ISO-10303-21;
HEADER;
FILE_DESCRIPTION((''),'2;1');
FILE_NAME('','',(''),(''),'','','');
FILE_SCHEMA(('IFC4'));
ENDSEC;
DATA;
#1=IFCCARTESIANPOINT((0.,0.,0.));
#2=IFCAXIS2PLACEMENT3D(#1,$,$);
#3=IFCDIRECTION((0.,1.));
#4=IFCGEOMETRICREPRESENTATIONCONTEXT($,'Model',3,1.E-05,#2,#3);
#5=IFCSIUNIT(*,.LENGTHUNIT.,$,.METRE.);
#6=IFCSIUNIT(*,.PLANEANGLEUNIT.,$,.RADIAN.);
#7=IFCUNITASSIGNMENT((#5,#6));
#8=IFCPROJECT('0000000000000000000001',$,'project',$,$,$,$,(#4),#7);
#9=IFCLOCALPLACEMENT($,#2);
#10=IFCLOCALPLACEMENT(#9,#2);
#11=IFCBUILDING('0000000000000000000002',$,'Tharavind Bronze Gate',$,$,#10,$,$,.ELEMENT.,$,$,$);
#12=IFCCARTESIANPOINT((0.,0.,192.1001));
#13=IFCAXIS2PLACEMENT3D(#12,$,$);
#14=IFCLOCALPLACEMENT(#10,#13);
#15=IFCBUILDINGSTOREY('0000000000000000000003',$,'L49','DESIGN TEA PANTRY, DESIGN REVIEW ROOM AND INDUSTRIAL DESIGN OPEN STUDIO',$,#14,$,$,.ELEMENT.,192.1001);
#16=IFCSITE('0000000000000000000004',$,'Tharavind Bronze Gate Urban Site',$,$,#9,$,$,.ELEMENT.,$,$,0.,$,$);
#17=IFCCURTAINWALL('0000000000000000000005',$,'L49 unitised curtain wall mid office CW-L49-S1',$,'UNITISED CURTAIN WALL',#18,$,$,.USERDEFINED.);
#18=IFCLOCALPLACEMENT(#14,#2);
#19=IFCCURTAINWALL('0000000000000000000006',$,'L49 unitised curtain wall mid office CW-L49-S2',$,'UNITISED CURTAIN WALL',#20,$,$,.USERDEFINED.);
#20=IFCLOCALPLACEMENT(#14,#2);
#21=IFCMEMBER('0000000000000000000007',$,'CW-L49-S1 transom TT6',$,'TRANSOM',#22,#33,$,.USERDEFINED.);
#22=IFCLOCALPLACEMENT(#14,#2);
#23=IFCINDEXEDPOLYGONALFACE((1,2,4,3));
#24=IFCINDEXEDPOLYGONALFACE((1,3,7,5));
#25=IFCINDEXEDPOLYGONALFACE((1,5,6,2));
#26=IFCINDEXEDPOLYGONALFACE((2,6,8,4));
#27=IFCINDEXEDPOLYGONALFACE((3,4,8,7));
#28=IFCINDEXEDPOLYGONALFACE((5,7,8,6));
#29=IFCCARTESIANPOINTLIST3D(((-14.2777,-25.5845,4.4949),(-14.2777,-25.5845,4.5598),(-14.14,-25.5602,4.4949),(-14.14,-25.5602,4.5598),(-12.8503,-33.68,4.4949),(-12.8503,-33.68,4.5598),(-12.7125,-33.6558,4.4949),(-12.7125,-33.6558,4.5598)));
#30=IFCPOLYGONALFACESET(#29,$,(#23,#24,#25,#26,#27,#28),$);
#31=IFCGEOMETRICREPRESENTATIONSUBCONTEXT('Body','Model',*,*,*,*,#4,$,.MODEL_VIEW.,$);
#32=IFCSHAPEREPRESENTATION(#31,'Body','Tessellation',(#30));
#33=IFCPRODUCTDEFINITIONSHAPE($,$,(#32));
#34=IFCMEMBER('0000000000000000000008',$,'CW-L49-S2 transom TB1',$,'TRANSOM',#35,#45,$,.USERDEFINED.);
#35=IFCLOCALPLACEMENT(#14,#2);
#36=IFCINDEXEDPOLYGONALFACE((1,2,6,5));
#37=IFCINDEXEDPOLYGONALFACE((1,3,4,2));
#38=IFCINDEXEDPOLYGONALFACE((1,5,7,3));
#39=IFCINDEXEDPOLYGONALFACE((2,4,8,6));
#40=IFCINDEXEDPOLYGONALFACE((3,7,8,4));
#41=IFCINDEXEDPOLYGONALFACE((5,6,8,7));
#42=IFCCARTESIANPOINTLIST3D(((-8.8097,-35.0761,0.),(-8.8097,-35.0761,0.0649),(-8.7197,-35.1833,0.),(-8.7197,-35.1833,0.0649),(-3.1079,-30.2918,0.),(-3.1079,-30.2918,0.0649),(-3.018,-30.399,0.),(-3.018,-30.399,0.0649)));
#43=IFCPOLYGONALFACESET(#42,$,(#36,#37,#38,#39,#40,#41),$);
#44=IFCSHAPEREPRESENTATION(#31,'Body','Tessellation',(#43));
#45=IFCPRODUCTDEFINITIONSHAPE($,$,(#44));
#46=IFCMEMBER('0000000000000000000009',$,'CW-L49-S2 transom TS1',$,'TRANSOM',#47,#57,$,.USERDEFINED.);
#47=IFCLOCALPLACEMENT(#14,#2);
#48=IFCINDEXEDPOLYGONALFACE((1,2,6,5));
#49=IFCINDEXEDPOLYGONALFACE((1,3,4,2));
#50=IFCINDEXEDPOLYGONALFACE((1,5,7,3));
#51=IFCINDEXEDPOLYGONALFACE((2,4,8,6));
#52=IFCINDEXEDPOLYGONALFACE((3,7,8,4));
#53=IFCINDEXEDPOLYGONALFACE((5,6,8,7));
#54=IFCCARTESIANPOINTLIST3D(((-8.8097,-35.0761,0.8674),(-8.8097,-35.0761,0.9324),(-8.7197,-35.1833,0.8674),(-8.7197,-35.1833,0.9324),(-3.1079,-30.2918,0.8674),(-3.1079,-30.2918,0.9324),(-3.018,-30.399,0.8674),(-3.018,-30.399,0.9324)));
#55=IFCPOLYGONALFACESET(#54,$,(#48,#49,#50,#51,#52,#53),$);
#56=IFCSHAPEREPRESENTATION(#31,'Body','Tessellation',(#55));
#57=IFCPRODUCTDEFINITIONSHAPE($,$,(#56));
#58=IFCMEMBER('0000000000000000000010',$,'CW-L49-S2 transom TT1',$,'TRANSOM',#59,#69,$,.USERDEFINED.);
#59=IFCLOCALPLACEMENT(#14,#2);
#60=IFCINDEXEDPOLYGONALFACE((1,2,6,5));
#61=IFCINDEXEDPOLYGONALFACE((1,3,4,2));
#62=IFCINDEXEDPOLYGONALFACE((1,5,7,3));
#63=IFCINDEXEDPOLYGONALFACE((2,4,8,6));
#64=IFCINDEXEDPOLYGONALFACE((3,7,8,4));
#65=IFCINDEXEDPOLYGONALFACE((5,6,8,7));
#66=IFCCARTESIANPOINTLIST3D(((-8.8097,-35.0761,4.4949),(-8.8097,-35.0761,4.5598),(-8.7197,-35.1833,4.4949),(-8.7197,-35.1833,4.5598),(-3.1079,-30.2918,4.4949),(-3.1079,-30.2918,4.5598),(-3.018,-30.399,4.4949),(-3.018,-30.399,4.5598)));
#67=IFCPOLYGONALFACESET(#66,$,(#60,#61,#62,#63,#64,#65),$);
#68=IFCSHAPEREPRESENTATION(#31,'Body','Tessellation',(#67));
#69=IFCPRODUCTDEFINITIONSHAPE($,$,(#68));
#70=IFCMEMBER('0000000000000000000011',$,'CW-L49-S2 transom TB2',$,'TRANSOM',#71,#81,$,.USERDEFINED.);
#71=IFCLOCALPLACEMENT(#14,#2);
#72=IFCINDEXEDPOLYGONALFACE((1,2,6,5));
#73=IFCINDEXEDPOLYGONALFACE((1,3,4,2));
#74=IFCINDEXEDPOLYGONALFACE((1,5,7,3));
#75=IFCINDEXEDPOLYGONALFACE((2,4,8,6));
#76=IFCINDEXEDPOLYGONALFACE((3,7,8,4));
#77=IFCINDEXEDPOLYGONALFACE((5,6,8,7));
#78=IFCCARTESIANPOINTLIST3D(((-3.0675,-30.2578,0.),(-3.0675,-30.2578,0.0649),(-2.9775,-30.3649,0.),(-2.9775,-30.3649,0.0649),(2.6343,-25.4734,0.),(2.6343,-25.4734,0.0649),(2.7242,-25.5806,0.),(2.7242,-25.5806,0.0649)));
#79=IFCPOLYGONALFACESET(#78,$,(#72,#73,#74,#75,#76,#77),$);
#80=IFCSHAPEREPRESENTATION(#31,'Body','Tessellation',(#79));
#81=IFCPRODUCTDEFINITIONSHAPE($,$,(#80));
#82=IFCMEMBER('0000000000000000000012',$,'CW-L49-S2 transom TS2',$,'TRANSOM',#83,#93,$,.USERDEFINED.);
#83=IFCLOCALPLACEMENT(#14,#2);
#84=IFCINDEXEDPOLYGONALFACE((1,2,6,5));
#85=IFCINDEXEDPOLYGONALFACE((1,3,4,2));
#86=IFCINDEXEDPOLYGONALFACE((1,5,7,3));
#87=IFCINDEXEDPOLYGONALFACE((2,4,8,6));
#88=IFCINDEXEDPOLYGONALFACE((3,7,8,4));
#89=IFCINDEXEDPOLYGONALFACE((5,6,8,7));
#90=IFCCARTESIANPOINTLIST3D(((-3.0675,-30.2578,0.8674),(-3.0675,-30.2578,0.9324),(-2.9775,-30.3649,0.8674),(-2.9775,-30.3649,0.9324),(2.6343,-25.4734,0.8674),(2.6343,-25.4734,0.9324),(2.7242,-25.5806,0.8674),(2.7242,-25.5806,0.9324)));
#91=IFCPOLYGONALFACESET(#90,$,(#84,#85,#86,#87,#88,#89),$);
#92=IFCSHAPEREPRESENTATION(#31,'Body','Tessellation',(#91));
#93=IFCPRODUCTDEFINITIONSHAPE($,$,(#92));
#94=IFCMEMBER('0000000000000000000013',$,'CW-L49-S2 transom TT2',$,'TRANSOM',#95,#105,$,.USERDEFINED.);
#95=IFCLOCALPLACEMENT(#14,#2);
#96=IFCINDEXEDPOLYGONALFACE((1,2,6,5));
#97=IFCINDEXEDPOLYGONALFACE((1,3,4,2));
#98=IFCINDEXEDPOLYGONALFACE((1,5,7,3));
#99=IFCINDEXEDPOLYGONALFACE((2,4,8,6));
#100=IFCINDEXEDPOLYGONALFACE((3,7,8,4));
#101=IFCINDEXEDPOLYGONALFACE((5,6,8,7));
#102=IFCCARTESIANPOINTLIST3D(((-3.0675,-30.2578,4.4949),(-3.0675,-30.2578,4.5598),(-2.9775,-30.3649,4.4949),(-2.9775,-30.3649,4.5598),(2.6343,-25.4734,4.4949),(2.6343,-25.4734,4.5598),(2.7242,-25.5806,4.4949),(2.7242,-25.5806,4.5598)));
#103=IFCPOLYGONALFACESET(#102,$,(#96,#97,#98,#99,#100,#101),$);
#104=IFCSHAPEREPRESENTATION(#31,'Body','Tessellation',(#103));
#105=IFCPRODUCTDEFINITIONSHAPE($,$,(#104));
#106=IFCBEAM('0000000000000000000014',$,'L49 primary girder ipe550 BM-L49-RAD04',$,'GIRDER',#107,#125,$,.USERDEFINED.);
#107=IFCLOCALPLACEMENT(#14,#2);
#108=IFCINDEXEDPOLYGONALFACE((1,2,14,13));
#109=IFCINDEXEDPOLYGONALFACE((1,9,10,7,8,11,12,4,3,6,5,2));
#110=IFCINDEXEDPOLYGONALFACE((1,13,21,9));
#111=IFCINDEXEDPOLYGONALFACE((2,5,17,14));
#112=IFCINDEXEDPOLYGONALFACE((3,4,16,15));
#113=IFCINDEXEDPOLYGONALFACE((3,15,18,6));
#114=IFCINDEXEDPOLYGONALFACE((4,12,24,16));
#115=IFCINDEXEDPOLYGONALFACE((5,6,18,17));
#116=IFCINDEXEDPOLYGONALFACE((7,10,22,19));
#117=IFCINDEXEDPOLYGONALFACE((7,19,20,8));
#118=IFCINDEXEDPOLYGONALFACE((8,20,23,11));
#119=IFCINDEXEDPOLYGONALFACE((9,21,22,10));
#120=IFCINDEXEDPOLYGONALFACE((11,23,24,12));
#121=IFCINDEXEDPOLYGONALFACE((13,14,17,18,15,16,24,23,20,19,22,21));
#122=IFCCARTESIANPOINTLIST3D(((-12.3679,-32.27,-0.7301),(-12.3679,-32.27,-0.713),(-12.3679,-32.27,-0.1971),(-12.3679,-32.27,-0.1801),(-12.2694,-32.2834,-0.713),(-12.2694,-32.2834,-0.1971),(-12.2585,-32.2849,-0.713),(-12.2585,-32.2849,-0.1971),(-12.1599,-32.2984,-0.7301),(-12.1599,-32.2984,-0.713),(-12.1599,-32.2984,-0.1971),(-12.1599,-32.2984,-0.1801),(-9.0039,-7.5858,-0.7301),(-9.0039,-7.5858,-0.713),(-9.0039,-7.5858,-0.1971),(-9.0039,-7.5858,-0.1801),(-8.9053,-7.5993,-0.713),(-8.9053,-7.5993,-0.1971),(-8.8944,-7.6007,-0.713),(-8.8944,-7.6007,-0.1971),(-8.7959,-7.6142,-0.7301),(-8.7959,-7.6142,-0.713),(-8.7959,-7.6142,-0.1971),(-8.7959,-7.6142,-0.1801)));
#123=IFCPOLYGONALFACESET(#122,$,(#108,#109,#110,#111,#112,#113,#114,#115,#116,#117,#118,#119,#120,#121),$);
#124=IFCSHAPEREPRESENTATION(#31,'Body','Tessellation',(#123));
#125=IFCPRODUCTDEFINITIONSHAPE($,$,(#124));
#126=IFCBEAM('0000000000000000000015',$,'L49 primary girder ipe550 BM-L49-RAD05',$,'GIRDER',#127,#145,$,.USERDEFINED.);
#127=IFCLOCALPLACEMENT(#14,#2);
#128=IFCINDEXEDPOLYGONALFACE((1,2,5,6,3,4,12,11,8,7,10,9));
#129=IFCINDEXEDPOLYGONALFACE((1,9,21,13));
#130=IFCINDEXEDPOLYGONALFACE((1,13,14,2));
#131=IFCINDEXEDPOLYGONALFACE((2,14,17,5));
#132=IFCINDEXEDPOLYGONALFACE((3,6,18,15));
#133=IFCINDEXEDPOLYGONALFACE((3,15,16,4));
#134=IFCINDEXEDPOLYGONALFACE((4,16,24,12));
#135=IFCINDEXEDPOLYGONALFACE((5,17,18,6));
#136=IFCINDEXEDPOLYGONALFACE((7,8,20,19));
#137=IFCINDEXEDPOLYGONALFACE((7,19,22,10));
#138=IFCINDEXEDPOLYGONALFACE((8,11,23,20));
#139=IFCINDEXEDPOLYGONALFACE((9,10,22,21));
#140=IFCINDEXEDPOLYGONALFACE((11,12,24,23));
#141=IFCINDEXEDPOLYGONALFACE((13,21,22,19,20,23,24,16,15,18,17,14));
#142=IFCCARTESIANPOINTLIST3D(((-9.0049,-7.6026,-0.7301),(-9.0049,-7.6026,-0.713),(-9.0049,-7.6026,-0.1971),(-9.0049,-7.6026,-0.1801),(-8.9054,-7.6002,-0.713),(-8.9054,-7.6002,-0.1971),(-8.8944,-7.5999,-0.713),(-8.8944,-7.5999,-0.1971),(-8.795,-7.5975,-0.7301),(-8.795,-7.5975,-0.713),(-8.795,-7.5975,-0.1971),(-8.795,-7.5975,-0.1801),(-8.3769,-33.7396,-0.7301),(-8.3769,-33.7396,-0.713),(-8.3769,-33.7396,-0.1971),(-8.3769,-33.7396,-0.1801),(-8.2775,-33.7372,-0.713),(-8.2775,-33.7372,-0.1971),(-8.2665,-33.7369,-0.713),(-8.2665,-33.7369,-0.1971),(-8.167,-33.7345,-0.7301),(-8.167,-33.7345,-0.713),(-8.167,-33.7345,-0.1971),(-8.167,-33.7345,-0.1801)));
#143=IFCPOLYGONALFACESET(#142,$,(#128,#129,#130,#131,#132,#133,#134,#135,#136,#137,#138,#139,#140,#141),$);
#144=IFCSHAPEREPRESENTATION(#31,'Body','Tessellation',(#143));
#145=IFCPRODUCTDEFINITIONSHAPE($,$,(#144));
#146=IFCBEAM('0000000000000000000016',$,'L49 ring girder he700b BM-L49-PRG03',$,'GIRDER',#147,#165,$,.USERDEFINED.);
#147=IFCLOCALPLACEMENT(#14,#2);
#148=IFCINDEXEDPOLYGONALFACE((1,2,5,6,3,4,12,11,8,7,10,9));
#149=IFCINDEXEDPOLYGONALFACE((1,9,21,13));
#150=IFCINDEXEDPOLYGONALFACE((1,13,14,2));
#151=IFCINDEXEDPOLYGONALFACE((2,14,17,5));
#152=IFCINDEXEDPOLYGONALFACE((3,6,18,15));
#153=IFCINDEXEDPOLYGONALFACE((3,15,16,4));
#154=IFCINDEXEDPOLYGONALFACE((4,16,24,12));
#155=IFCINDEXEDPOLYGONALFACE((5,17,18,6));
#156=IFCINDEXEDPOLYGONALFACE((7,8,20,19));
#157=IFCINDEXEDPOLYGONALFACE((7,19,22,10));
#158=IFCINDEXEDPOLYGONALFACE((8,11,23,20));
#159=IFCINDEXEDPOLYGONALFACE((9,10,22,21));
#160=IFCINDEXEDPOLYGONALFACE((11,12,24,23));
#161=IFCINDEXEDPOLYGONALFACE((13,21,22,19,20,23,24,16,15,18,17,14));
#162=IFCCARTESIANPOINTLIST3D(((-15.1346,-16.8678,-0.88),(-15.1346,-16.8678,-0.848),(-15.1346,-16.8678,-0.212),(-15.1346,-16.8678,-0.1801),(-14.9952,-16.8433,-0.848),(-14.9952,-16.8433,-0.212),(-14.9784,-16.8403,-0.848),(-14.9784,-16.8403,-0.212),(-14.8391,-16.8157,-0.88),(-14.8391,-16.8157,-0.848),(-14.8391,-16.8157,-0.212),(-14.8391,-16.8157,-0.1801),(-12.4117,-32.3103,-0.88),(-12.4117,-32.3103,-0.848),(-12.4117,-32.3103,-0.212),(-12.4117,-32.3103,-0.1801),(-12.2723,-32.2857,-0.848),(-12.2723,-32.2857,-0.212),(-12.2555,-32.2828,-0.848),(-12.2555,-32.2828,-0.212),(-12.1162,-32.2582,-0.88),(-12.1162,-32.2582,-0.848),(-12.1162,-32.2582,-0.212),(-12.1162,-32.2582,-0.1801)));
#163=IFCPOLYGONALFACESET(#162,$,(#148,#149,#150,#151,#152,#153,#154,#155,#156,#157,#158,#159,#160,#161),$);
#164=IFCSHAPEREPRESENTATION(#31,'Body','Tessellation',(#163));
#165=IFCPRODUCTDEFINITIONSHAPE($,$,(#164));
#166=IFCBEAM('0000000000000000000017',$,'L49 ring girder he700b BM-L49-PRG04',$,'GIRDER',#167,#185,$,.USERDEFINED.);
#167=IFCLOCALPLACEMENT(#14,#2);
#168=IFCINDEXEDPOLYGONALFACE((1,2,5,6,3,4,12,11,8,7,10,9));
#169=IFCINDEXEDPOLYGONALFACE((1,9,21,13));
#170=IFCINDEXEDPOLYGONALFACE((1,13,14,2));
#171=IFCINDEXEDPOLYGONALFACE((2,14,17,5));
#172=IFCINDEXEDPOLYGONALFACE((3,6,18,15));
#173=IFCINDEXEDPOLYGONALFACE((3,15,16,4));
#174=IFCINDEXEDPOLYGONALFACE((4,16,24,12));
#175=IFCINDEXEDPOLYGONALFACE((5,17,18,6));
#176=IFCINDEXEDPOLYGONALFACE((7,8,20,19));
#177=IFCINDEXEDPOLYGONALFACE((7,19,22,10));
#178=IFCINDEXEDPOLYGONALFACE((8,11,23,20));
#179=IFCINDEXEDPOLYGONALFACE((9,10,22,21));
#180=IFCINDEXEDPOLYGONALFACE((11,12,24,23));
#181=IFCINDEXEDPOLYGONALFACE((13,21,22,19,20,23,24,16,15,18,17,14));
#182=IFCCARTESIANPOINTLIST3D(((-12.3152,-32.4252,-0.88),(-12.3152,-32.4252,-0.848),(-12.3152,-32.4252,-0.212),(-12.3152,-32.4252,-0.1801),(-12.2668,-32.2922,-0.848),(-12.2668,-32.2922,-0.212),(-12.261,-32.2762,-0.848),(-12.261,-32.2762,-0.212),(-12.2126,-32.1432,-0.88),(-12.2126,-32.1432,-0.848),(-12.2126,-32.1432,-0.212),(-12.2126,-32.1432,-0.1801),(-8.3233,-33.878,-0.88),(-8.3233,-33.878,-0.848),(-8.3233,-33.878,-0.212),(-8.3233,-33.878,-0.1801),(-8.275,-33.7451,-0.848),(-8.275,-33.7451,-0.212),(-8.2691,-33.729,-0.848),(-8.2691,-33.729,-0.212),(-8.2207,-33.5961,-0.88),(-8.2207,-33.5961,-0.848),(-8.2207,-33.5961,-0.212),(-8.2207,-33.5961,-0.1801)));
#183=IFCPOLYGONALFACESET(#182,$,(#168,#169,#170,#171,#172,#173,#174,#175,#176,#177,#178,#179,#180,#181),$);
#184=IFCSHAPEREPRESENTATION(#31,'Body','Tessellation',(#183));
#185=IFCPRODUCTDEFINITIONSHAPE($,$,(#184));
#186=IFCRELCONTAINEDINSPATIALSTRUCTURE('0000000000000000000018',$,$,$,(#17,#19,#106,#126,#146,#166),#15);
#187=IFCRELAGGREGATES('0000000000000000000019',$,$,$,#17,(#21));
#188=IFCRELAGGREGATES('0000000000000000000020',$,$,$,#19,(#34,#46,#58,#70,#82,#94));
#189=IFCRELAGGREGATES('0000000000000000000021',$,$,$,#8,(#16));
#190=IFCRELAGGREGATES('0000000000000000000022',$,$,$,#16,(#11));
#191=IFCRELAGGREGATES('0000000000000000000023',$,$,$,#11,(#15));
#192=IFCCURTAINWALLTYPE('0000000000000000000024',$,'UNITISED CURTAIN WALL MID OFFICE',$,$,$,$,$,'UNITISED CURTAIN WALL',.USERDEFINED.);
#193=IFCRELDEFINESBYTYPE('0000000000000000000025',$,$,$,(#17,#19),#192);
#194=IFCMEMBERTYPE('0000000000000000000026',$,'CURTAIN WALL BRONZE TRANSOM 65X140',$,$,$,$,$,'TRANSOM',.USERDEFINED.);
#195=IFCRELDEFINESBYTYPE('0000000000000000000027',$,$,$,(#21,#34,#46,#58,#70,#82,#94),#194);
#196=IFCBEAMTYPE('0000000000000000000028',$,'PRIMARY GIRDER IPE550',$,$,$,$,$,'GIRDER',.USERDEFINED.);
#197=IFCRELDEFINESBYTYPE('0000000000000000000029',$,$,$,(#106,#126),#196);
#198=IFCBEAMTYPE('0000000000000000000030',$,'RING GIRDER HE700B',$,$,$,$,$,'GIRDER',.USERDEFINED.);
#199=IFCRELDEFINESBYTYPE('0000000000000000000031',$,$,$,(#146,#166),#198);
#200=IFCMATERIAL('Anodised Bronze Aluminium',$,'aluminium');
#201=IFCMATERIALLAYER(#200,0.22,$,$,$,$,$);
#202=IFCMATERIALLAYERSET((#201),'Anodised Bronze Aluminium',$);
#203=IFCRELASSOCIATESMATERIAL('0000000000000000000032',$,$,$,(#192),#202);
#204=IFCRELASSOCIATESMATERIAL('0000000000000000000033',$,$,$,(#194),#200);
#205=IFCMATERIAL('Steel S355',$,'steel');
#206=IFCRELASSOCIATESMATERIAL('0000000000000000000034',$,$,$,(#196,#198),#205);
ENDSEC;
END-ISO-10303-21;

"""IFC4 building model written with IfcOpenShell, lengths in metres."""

from ifc_helpers import new_model, si_unit, direction, frame, origin, origin_2d, place, context, subcontext, project, spatial, rectangle, i_section, extrude, material, layer, layer_set, material_profile, profile_set, type_object, element, aggregate, save


model = new_model("IFC4")

# Units and contexts
model_context = context("Model", 3, precision=1e-05, world=origin(), true_north=direction((0.0, 1.0)))
body_context = subcontext(model_context, "Body", "Model", "MODEL_VIEW")
ifc_project = project(units=[si_unit("LENGTHUNIT", "METRE"), si_unit("PLANEANGLEUNIT", "RADIAN")], contexts=[model_context])

# Site, building, storey
site_placement = place(None, origin())
site = spatial("IfcSite", under=ifc_project, at=site_placement, Name="Tharavind Bronze Gate Urban Site", CompositionType="ELEMENT", RefElevation=0.0)
building_placement = place(site_placement, origin())
building = spatial("IfcBuilding", under=site, at=building_placement, Name="Tharavind Bronze Gate", CompositionType="ELEMENT")
storey_placement = place(building_placement, frame((0.0, 0.0, 192.1001)))
storey = spatial("IfcBuildingStorey", under=building, at=storey_placement, Name="L49", Description="DESIGN TEA PANTRY, DESIGN REVIEW ROOM AND INDUSTRIAL DESIGN OPEN STUDIO", CompositionType="ELEMENT", Elevation=192.1001)

# Curtain walls
ifc_material_1 = material(Name="Anodised Bronze Aluminium", Category="aluminium")
ifc_layer_1 = layer(ifc_material_1, 0.22)
ifc_layer_set_1 = layer_set([ifc_layer_1], Name="Anodised Bronze Aluminium")
curtain_wall_type = type_object("IfcCurtainWallType", Name="UNITISED CURTAIN WALL MID OFFICE", ElementType="UNITISED CURTAIN WALL", PredefinedType="USERDEFINED", material=ifc_layer_set_1)
curtain_wall_1_placement = place(storey_placement, origin())
curtain_wall_1 = element("IfcCurtainWall", 1, at=curtain_wall_1_placement, inside=storey, type_object=curtain_wall_type, Name="L49 unitised curtain wall mid office CW-L49-S1", ObjectType="UNITISED CURTAIN WALL", PredefinedType="USERDEFINED")
curtain_wall_2_placement = place(storey_placement, origin())
curtain_wall_2 = element("IfcCurtainWall", 2, at=curtain_wall_2_placement, inside=storey, type_object=curtain_wall_type, Name="L49 unitised curtain wall mid office CW-L49-S2", ObjectType="UNITISED CURTAIN WALL", PredefinedType="USERDEFINED")

# Members
member_type_1 = type_object("IfcMemberType", Name="CURTAIN WALL BRONZE TRANSOM 65X140", ElementType="TRANSOM", PredefinedType="USERDEFINED", material=ifc_material_1)
member_1_placement = place(storey_placement, frame((-13.4951, -29.6201, 4.4949), z_axis=(0.0, 0.0, 1.0), x_axis=(0.173648, -0.984808, 0.0)))
member_1 = element("IfcMember", 3, at=member_1_placement, type_object=member_type_1, Name="CW-L49-S1 transom TT6", ObjectType="TRANSOM", PredefinedType="USERDEFINED", context=body_context, shape_type="SweptSolid", body=[
    extrude(rectangle(XDim=8.2205, YDim=0.1399, at=origin_2d()), origin(), (0.0, 0.0, 1.0), 0.0649),
])
member_2_placement = place(storey_placement, frame((-5.9138, -32.7375, 0.0), z_axis=(0.0, 0.0, 1.0), x_axis=(0.766043, 0.642789, 0.0)))
member_2 = element("IfcMember", 4, at=member_2_placement, type_object=member_type_1, Name="CW-L49-S2 transom TB1", ObjectType="TRANSOM", PredefinedType="USERDEFINED", context=body_context, shape_type="SweptSolid", body=[
    extrude(rectangle(XDim=7.4431, YDim=0.1399, at=origin_2d()), origin(), (0.0, 0.0, 1.0), 0.0649),
])
member_3_placement = place(storey_placement, frame((-5.9138, -32.7375, 0.8674), z_axis=(0.0, 0.0, 1.0), x_axis=(0.766043, 0.642789, 0.0)))
member_3 = element("IfcMember", 5, at=member_3_placement, type_object=member_type_1, Name="CW-L49-S2 transom TS1", ObjectType="TRANSOM", PredefinedType="USERDEFINED", context=body_context, shape_type="SweptSolid", body=[
    extrude(rectangle(XDim=7.4431, YDim=0.1399, at=origin_2d()), origin(), (0.0, 0.0, 1.0), 0.0649),
])
member_4_placement = place(storey_placement, frame((-5.9138, -32.7375, 4.4949), z_axis=(0.0, 0.0, 1.0), x_axis=(0.766043, 0.642789, 0.0)))
member_4 = element("IfcMember", 6, at=member_4_placement, type_object=member_type_1, Name="CW-L49-S2 transom TT1", ObjectType="TRANSOM", PredefinedType="USERDEFINED", context=body_context, shape_type="SweptSolid", body=[
    extrude(rectangle(XDim=7.4431, YDim=0.1399, at=origin_2d()), origin(), (0.0, 0.0, 1.0), 0.0649),
])
member_5_placement = place(storey_placement, frame((-0.1716, -27.9192, 0.0), z_axis=(0.0, 0.0, 1.0), x_axis=(0.766043, 0.642789, 0.0)))
member_5 = element("IfcMember", 7, at=member_5_placement, type_object=member_type_1, Name="CW-L49-S2 transom TB2", ObjectType="TRANSOM", PredefinedType="USERDEFINED", context=body_context, shape_type="SweptSolid", body=[
    extrude(rectangle(XDim=7.4431, YDim=0.1399, at=origin_2d()), origin(), (0.0, 0.0, 1.0), 0.0649),
])
member_6_placement = place(storey_placement, frame((-0.1716, -27.9192, 0.8674), z_axis=(0.0, 0.0, 1.0), x_axis=(0.766043, 0.642789, 0.0)))
member_6 = element("IfcMember", 8, at=member_6_placement, type_object=member_type_1, Name="CW-L49-S2 transom TS2", ObjectType="TRANSOM", PredefinedType="USERDEFINED", context=body_context, shape_type="SweptSolid", body=[
    extrude(rectangle(XDim=7.4431, YDim=0.1399, at=origin_2d()), origin(), (0.0, 0.0, 1.0), 0.0649),
])
member_7_placement = place(storey_placement, frame((-0.1716, -27.9192, 4.4949), z_axis=(0.0, 0.0, 1.0), x_axis=(0.766043, 0.642789, 0.0)))
member_7 = element("IfcMember", 9, at=member_7_placement, type_object=member_type_1, Name="CW-L49-S2 transom TT2", ObjectType="TRANSOM", PredefinedType="USERDEFINED", context=body_context, shape_type="SweptSolid", body=[
    extrude(rectangle(XDim=7.4431, YDim=0.1399, at=origin_2d()), origin(), (0.0, 0.0, 1.0), 0.0649),
])

# Beams
ifc_material_2 = material(Name="Steel S355", Category="steel")
ifc_material_profile_1 = material_profile(ifc_material_2, i_section(OverallWidth=0.21, OverallDepth=0.55, WebThickness=0.011, FlangeThickness=0.0171, at=origin_2d()), Name="IPE550")
ifc_profile_set_1 = profile_set([ifc_material_profile_1], Name="Steel S355")
beam_type_1 = type_object("IfcBeamType", Name="PRIMARY GIRDER IPE550", ElementType="GIRDER", PredefinedType="USERDEFINED", material=ifc_profile_set_1)
beam_1_placement = place(storey_placement, frame((-12.2639, -32.2842, -0.4551), z_axis=(0.135034, 0.990841, 0.0), x_axis=(-0.990841, 0.135034, 0.0)))
element("IfcBeam", 10, at=beam_1_placement, inside=storey, type_object=beam_type_1, Name="L49 primary girder ipe550 BM-L49-RAD04", ObjectType="GIRDER", PredefinedType="USERDEFINED", context=body_context, shape_type="SweptSolid", body=[
    extrude(i_section(OverallWidth=0.21, OverallDepth=0.55, WebThickness=0.011, FlangeThickness=0.0171, at=origin_2d()), origin(), (0.0, 0.0, 1.0), 24.9124),
])
beam_2_placement = place(storey_placement, frame((-8.272, -33.7371, -0.4551), z_axis=(-0.024018, 0.999712, 0.0), x_axis=(-0.999712, -0.024018, 0.0)))
element("IfcBeam", 11, at=beam_2_placement, inside=storey, type_object=beam_type_1, Name="L49 primary girder ipe550 BM-L49-RAD05", ObjectType="GIRDER", PredefinedType="USERDEFINED", context=body_context, shape_type="SweptSolid", body=[
    extrude(i_section(OverallWidth=0.21, OverallDepth=0.55, WebThickness=0.011, FlangeThickness=0.0171, at=origin_2d()), origin(), (0.0, 0.0, 1.0), 26.1445),
])
ifc_material_profile_2 = material_profile(ifc_material_2, i_section(OverallWidth=0.3, OverallDepth=0.7, WebThickness=0.0171, FlangeThickness=0.032, at=origin_2d()), Name="HE700B")
ifc_profile_set_2 = profile_set([ifc_material_profile_2], Name="Steel S355")
beam_type_2 = type_object("IfcBeamType", Name="RING GIRDER HE700B", ElementType="GIRDER", PredefinedType="USERDEFINED", material=ifc_profile_set_2)
beam_3_placement = place(storey_placement, frame((-14.9868, -16.8418, -0.53), z_axis=(0.173648, -0.984808, 0.0), x_axis=(0.984808, 0.173648, 0.0)))
element("IfcBeam", 12, at=beam_3_placement, inside=storey, type_object=beam_type_2, Name="L49 ring girder he700b BM-L49-PRG03", ObjectType="GIRDER", PredefinedType="USERDEFINED", context=body_context, shape_type="SweptSolid", body=[
    extrude(i_section(OverallWidth=0.3, OverallDepth=0.7, WebThickness=0.0171, FlangeThickness=0.032, at=origin_2d()), origin(), (0.0, 0.0, 1.0), 15.6807),
])
beam_4_placement = place(storey_placement, frame((-12.2639, -32.2842, -0.53), z_axis=(0.939698, -0.342006, 0.0), x_axis=(0.342006, 0.939698, 0.0)))
element("IfcBeam", 13, at=beam_4_placement, inside=storey, type_object=beam_type_2, Name="L49 ring girder he700b BM-L49-PRG04", ObjectType="GIRDER", PredefinedType="USERDEFINED", context=body_context, shape_type="SweptSolid", body=[
    extrude(i_section(OverallWidth=0.3, OverallDepth=0.7, WebThickness=0.0171, FlangeThickness=0.032, at=origin_2d()), origin(), (0.0, 0.0, 1.0), 4.248),
])

aggregate(curtain_wall_1, [member_1])
aggregate(curtain_wall_2, [member_2, member_3, member_4, member_5, member_6, member_7])

save(model, "model.ifc")
